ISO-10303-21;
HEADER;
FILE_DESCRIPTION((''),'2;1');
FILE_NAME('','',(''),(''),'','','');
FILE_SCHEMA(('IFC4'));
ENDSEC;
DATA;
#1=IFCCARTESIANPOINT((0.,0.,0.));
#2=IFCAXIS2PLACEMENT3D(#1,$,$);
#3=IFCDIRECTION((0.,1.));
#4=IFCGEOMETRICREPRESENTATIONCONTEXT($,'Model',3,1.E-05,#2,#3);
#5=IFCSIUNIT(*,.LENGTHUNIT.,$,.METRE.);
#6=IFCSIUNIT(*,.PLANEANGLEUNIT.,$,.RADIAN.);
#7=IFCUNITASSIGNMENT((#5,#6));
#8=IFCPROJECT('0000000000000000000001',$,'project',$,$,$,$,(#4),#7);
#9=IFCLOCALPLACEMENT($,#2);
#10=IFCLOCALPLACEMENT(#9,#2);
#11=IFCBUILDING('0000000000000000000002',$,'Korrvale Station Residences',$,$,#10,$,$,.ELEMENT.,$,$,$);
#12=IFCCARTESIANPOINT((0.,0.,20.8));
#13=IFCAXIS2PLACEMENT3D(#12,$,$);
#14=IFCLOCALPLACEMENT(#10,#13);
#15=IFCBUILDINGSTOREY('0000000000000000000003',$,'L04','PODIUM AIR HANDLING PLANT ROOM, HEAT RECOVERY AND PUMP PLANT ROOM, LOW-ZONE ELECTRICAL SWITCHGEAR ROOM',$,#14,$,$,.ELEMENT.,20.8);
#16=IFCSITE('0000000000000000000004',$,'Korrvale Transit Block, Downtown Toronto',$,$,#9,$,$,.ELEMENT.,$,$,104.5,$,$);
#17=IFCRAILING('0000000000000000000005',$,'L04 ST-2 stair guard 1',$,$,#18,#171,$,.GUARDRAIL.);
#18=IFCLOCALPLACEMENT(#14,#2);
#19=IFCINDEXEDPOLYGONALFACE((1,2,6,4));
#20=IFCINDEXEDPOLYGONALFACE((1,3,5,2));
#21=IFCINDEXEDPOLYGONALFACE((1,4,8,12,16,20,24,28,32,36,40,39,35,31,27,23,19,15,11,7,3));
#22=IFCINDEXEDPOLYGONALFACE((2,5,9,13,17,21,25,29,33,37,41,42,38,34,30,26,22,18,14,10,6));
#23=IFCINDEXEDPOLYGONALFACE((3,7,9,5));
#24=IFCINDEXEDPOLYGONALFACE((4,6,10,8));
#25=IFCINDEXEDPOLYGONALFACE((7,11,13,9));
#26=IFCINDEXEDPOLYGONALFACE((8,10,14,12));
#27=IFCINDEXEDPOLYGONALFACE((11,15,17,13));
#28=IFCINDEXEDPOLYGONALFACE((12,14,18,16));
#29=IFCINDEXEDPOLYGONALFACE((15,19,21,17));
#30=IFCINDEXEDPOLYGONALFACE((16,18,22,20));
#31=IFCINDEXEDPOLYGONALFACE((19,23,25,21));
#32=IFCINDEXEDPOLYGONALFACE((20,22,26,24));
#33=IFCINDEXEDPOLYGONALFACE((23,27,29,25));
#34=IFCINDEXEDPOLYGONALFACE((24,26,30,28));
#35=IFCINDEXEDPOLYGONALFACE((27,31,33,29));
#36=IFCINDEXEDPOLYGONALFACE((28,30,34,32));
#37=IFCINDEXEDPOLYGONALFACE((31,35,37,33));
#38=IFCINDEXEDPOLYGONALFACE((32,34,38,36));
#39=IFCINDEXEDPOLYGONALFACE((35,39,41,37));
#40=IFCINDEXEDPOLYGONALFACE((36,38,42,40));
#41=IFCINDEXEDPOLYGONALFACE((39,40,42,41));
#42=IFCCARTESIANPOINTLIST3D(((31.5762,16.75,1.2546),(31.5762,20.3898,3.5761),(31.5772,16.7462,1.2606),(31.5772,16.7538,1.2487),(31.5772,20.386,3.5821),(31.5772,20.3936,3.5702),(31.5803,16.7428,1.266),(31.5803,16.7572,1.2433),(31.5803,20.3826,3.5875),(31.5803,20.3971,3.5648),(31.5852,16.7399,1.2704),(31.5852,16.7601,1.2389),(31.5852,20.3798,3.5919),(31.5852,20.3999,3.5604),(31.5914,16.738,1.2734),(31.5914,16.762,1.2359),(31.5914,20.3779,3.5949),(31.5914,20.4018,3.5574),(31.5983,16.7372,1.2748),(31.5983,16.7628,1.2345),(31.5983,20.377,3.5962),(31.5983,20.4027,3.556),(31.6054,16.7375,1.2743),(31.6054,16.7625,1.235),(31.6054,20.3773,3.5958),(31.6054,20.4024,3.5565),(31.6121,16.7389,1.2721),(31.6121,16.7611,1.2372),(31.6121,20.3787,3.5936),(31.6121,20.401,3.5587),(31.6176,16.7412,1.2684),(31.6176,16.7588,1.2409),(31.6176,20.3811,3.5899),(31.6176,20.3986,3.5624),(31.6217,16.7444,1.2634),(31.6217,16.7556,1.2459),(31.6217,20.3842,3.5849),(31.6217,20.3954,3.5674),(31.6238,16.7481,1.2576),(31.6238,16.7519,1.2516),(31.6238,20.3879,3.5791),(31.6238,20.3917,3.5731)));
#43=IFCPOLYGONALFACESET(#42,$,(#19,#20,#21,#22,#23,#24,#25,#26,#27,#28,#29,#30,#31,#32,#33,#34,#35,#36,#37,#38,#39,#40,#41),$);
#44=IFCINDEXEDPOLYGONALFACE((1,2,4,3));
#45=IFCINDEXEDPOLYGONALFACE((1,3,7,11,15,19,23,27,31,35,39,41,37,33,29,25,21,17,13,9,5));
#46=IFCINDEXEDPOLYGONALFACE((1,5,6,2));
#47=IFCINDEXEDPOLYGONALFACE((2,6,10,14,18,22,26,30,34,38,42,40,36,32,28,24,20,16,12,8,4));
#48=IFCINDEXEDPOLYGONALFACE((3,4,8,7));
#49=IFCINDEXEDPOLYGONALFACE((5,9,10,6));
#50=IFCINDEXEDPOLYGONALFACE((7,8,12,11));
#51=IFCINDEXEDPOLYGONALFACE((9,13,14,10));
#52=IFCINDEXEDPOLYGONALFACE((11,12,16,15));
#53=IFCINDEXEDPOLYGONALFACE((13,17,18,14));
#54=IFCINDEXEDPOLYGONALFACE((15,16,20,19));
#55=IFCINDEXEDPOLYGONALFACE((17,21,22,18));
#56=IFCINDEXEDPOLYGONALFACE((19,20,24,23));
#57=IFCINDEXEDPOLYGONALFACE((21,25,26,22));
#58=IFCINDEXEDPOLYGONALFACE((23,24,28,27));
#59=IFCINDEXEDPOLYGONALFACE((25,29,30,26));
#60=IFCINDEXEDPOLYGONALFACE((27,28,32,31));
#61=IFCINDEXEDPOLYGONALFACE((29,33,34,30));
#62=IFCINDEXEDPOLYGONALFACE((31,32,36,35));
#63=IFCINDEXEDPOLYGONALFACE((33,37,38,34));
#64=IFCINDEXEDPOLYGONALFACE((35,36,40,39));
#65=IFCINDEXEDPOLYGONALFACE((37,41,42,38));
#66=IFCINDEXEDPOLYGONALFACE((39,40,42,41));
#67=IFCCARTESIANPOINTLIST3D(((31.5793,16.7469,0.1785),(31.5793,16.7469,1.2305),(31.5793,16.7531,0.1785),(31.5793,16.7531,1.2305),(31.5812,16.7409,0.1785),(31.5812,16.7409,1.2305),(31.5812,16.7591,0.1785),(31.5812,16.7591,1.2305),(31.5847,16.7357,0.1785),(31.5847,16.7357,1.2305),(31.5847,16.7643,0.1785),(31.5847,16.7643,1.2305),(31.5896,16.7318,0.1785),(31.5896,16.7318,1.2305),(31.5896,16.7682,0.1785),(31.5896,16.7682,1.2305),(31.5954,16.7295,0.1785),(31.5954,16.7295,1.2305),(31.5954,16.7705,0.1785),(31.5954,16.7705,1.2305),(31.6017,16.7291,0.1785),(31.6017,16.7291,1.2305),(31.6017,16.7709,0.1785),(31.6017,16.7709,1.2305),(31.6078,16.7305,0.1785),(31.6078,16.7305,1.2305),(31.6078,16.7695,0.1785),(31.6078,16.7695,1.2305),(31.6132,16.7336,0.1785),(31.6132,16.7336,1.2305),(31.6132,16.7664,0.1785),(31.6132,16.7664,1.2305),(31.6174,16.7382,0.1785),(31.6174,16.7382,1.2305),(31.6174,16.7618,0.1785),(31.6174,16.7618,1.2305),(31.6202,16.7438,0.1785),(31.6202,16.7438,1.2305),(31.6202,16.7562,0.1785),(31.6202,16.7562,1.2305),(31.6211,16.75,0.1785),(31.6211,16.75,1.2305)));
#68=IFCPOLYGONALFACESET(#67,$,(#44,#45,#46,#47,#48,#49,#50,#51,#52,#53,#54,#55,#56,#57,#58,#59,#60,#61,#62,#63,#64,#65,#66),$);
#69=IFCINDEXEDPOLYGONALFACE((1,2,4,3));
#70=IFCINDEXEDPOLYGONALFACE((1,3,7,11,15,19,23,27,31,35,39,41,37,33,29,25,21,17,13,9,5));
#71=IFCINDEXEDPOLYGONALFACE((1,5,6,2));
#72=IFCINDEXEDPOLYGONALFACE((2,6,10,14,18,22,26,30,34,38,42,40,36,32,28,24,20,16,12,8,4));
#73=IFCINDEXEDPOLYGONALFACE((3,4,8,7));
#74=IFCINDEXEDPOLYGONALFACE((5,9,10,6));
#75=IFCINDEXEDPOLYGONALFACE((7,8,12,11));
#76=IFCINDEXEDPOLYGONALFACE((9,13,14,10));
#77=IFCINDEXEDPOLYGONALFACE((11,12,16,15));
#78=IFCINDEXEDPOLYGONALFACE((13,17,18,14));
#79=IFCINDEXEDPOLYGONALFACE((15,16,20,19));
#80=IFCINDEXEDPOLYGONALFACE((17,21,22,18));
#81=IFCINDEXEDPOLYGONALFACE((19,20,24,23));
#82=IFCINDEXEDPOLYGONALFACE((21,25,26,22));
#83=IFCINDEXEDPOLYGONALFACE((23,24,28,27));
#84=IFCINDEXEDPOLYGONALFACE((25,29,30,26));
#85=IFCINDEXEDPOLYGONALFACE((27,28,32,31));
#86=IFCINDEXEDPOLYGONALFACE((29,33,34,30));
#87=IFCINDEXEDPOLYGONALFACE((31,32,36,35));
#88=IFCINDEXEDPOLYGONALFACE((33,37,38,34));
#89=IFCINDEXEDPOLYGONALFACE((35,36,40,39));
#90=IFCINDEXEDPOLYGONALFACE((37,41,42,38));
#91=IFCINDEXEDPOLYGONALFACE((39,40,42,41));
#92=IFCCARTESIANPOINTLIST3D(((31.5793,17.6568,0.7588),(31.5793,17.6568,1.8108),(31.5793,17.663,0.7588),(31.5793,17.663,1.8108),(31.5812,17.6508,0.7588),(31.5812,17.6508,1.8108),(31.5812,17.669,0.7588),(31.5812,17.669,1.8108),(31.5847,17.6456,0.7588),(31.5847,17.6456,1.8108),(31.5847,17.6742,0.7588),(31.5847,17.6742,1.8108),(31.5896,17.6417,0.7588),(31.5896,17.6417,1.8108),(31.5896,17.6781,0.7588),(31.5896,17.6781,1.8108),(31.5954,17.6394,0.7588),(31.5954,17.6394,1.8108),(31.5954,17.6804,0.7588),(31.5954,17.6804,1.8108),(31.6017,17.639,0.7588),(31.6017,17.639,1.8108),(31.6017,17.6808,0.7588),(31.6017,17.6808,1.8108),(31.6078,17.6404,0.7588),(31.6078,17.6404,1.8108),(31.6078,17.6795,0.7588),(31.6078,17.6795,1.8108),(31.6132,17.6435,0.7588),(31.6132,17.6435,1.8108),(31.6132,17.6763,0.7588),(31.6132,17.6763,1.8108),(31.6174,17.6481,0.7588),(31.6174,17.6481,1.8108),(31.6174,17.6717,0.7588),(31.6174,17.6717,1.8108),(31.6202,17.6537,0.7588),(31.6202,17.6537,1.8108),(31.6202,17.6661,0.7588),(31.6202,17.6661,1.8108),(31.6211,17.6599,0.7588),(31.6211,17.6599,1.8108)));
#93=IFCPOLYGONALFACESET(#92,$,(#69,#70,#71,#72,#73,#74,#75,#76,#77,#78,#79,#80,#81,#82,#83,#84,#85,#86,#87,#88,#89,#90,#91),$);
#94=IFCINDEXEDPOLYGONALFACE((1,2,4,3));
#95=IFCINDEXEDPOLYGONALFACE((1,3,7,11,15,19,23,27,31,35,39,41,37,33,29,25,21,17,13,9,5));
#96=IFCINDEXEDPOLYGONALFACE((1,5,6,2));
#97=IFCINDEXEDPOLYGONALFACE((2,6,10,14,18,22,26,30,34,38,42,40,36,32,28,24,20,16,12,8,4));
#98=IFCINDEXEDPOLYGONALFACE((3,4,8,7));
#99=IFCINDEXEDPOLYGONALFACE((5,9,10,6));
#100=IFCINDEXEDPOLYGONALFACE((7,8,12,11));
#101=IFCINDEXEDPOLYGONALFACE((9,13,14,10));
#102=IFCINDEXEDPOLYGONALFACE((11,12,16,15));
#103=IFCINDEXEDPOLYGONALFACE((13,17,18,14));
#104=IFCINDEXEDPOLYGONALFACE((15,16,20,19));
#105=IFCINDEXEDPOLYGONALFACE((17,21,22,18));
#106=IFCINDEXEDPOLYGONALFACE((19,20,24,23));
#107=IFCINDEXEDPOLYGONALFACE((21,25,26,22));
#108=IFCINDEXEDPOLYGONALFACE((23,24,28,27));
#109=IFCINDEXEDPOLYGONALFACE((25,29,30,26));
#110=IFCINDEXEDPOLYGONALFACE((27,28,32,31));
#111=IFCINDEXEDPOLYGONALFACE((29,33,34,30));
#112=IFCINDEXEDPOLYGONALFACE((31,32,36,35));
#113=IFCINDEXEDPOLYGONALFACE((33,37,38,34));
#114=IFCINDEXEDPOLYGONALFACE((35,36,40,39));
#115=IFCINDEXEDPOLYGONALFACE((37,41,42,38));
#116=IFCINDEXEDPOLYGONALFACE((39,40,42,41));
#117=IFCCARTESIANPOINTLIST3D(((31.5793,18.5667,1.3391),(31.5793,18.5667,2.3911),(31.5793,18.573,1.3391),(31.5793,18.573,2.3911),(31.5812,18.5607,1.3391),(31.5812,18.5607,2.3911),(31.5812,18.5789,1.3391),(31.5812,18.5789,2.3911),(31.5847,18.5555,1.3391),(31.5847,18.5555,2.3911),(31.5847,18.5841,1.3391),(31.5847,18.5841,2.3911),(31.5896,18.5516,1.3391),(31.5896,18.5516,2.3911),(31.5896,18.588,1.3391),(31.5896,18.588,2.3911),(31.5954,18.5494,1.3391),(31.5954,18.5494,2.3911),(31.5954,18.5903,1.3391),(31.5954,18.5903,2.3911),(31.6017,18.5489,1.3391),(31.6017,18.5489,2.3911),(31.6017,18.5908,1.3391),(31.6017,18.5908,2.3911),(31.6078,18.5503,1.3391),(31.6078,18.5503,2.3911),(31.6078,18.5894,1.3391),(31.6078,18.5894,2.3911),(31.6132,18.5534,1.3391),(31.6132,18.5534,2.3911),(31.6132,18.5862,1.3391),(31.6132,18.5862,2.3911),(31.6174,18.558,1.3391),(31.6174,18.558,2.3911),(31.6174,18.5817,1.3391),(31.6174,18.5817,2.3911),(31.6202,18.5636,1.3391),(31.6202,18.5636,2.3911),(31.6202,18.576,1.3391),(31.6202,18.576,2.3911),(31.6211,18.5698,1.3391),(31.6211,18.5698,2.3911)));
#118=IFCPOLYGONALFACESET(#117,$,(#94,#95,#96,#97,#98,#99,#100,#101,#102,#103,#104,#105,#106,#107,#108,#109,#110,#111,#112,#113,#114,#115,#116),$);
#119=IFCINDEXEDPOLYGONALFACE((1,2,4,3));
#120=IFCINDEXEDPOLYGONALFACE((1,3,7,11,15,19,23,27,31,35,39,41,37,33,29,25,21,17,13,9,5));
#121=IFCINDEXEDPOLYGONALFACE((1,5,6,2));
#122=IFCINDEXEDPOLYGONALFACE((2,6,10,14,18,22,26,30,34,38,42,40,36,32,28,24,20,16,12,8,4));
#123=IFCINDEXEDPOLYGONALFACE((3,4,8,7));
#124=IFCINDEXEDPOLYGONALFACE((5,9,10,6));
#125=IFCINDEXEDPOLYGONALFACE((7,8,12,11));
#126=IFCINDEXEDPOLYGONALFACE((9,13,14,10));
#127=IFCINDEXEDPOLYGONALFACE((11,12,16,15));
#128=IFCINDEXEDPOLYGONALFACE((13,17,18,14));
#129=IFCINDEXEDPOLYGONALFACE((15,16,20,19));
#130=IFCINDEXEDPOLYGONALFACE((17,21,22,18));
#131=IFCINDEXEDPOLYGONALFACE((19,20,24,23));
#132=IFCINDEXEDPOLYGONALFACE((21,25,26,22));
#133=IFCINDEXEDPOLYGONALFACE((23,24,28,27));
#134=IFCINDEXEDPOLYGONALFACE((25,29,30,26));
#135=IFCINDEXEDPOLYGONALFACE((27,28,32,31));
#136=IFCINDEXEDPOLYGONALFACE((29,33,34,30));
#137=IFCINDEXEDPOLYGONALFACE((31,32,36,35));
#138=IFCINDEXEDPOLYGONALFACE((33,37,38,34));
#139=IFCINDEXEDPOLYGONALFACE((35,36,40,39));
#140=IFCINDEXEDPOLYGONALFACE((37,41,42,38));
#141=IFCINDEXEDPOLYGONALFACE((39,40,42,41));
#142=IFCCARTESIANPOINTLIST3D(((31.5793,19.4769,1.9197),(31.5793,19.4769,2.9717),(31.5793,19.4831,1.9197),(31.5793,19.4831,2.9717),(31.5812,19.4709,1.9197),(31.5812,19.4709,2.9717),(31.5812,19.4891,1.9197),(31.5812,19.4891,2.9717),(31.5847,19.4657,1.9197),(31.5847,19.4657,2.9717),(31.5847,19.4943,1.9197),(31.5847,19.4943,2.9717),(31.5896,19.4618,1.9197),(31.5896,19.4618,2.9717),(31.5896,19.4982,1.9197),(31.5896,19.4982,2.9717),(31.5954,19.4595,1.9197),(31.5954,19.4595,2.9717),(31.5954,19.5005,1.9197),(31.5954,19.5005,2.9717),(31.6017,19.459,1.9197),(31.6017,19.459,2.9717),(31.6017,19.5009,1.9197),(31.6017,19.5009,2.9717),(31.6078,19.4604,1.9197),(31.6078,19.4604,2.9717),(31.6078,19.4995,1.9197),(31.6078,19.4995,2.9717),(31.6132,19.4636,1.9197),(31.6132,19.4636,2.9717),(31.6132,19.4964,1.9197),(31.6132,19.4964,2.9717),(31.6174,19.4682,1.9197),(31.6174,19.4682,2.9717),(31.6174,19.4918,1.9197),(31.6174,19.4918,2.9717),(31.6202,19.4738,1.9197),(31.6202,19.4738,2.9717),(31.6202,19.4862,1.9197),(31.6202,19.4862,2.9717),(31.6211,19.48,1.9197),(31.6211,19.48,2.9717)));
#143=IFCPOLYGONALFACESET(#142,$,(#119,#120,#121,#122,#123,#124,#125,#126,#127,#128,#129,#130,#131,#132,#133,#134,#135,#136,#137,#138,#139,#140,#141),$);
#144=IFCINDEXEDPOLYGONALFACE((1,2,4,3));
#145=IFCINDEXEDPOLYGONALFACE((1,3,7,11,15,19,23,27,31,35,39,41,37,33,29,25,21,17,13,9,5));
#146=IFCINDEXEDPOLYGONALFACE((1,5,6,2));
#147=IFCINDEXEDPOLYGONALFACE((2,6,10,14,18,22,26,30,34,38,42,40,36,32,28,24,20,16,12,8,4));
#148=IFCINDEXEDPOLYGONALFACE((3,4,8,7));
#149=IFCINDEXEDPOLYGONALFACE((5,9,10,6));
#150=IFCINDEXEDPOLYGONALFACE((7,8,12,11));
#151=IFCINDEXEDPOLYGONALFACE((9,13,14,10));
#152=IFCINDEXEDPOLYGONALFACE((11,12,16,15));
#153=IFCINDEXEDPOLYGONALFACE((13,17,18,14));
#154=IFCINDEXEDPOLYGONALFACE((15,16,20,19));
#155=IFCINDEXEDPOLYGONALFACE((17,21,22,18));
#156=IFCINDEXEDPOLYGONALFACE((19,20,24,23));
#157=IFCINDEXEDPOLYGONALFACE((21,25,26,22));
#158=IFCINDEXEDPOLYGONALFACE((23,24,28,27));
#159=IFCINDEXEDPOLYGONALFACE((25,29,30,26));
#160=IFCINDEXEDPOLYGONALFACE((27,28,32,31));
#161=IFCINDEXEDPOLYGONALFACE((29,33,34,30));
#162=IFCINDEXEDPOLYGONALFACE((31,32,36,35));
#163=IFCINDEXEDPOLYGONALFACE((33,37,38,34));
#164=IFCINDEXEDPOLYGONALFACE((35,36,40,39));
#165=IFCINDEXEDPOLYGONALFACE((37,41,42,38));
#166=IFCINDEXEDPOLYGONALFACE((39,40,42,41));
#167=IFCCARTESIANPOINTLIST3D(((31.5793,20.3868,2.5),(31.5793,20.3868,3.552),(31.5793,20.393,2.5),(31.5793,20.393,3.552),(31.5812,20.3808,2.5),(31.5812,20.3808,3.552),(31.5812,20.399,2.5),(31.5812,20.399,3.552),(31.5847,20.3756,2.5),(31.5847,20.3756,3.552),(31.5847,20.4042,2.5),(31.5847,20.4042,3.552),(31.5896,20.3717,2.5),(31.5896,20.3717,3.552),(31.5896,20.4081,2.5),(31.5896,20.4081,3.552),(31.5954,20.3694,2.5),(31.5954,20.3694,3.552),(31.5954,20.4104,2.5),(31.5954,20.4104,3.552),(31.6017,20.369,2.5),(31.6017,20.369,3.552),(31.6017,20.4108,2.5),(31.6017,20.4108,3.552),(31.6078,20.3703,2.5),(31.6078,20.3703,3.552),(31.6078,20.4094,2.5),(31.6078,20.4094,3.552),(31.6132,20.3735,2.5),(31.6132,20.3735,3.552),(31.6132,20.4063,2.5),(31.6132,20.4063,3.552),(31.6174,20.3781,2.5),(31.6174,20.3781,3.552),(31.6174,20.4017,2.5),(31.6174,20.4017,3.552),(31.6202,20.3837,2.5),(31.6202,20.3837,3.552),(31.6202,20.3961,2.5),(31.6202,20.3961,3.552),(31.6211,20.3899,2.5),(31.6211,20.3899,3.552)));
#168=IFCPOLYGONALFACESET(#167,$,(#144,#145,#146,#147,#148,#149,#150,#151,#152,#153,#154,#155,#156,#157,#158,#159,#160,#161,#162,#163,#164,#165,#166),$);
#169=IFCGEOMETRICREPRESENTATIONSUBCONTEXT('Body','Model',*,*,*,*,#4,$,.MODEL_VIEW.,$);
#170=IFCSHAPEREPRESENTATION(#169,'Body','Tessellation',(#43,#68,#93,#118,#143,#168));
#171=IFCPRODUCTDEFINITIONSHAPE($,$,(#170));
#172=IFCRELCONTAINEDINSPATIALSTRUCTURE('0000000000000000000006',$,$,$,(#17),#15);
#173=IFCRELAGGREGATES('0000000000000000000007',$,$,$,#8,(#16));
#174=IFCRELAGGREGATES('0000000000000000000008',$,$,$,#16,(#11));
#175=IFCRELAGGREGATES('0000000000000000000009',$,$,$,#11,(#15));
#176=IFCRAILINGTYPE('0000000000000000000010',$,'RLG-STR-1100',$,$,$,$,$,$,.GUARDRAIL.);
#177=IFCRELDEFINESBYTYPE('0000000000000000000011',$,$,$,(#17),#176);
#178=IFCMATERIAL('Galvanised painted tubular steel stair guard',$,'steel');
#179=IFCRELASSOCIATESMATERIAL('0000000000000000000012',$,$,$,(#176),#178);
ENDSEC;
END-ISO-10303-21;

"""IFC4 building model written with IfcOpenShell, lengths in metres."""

from ifc_helpers import new_model, si_unit, direction, frame, origin, origin_2d, place, context, subcontext, project, spatial, circle, extrude, material, type_object, element, save


model = new_model("IFC4")

# Units and contexts
model_context = context("Model", 3, precision=1e-05, world=origin(), true_north=direction((0.0, 1.0)))
body_context = subcontext(model_context, "Body", "Model", "MODEL_VIEW")
ifc_project = project(units=[si_unit("LENGTHUNIT", "METRE"), si_unit("PLANEANGLEUNIT", "RADIAN")], contexts=[model_context])

# Site, building, storey
site_placement = place(None, origin())
site = spatial("IfcSite", under=ifc_project, at=site_placement, Name="Korrvale Transit Block, Downtown Toronto", CompositionType="ELEMENT", RefElevation=104.5)
building_placement = place(site_placement, origin())
building = spatial("IfcBuilding", under=site, at=building_placement, Name="Korrvale Station Residences", CompositionType="ELEMENT")
storey_placement = place(building_placement, frame((0.0, 0.0, 20.8)))
storey = spatial("IfcBuildingStorey", under=building, at=storey_placement, Name="L04", Description="PODIUM AIR HANDLING PLANT ROOM, HEAT RECOVERY AND PUMP PLANT ROOM, LOW-ZONE ELECTRICAL SWITCHGEAR ROOM", CompositionType="ELEMENT", Elevation=20.8)

# Railing
ifc_material_1 = material(Name="Galvanised painted tubular steel stair guard", Category="steel")
railing_type_1 = type_object("IfcRailingType", Name="RLG-STR-1100", PredefinedType="GUARDRAIL", material=ifc_material_1)
railing_1_placement = place(storey_placement, frame((31.6001, 16.75, 0.1785)))
element("IfcRailing", 1, at=railing_1_placement, inside=storey, type_object=railing_type_1, Name="L04 ST-2 stair guard 1", PredefinedType="GUARDRAIL", context=body_context, shape_type="SweptSolid", body=[
    extrude(circle(Radius=0.0239, at=origin_2d()), frame((0.0, 0.0, 1.0762), z_axis=(0.0, 0.843112, 0.537739), x_axis=(-1.0, 0.0, 0.0)), (0.0, 0.0, 1.0), 4.3171),
    extrude(circle(Radius=0.021, at=origin_2d()), origin(), (0.0, 0.0, 1.0), 1.052),
    extrude(circle(Radius=0.021, at=origin_2d()), frame((0.0, 0.9099, 0.5803)), (0.0, 0.0, 1.0), 1.052),
    extrude(circle(Radius=0.021, at=origin_2d()), frame((0.0, 1.8198, 1.1606)), (0.0, 0.0, 1.0), 1.052),
    extrude(circle(Radius=0.021, at=origin_2d()), frame((0.0, 2.73, 1.7412)), (0.0, 0.0, 1.0), 1.052),
    extrude(circle(Radius=0.021, at=origin_2d()), frame((0.0, 3.6399, 2.3215)), (0.0, 0.0, 1.0), 1.052),
])

save(model, "model.ifc")
